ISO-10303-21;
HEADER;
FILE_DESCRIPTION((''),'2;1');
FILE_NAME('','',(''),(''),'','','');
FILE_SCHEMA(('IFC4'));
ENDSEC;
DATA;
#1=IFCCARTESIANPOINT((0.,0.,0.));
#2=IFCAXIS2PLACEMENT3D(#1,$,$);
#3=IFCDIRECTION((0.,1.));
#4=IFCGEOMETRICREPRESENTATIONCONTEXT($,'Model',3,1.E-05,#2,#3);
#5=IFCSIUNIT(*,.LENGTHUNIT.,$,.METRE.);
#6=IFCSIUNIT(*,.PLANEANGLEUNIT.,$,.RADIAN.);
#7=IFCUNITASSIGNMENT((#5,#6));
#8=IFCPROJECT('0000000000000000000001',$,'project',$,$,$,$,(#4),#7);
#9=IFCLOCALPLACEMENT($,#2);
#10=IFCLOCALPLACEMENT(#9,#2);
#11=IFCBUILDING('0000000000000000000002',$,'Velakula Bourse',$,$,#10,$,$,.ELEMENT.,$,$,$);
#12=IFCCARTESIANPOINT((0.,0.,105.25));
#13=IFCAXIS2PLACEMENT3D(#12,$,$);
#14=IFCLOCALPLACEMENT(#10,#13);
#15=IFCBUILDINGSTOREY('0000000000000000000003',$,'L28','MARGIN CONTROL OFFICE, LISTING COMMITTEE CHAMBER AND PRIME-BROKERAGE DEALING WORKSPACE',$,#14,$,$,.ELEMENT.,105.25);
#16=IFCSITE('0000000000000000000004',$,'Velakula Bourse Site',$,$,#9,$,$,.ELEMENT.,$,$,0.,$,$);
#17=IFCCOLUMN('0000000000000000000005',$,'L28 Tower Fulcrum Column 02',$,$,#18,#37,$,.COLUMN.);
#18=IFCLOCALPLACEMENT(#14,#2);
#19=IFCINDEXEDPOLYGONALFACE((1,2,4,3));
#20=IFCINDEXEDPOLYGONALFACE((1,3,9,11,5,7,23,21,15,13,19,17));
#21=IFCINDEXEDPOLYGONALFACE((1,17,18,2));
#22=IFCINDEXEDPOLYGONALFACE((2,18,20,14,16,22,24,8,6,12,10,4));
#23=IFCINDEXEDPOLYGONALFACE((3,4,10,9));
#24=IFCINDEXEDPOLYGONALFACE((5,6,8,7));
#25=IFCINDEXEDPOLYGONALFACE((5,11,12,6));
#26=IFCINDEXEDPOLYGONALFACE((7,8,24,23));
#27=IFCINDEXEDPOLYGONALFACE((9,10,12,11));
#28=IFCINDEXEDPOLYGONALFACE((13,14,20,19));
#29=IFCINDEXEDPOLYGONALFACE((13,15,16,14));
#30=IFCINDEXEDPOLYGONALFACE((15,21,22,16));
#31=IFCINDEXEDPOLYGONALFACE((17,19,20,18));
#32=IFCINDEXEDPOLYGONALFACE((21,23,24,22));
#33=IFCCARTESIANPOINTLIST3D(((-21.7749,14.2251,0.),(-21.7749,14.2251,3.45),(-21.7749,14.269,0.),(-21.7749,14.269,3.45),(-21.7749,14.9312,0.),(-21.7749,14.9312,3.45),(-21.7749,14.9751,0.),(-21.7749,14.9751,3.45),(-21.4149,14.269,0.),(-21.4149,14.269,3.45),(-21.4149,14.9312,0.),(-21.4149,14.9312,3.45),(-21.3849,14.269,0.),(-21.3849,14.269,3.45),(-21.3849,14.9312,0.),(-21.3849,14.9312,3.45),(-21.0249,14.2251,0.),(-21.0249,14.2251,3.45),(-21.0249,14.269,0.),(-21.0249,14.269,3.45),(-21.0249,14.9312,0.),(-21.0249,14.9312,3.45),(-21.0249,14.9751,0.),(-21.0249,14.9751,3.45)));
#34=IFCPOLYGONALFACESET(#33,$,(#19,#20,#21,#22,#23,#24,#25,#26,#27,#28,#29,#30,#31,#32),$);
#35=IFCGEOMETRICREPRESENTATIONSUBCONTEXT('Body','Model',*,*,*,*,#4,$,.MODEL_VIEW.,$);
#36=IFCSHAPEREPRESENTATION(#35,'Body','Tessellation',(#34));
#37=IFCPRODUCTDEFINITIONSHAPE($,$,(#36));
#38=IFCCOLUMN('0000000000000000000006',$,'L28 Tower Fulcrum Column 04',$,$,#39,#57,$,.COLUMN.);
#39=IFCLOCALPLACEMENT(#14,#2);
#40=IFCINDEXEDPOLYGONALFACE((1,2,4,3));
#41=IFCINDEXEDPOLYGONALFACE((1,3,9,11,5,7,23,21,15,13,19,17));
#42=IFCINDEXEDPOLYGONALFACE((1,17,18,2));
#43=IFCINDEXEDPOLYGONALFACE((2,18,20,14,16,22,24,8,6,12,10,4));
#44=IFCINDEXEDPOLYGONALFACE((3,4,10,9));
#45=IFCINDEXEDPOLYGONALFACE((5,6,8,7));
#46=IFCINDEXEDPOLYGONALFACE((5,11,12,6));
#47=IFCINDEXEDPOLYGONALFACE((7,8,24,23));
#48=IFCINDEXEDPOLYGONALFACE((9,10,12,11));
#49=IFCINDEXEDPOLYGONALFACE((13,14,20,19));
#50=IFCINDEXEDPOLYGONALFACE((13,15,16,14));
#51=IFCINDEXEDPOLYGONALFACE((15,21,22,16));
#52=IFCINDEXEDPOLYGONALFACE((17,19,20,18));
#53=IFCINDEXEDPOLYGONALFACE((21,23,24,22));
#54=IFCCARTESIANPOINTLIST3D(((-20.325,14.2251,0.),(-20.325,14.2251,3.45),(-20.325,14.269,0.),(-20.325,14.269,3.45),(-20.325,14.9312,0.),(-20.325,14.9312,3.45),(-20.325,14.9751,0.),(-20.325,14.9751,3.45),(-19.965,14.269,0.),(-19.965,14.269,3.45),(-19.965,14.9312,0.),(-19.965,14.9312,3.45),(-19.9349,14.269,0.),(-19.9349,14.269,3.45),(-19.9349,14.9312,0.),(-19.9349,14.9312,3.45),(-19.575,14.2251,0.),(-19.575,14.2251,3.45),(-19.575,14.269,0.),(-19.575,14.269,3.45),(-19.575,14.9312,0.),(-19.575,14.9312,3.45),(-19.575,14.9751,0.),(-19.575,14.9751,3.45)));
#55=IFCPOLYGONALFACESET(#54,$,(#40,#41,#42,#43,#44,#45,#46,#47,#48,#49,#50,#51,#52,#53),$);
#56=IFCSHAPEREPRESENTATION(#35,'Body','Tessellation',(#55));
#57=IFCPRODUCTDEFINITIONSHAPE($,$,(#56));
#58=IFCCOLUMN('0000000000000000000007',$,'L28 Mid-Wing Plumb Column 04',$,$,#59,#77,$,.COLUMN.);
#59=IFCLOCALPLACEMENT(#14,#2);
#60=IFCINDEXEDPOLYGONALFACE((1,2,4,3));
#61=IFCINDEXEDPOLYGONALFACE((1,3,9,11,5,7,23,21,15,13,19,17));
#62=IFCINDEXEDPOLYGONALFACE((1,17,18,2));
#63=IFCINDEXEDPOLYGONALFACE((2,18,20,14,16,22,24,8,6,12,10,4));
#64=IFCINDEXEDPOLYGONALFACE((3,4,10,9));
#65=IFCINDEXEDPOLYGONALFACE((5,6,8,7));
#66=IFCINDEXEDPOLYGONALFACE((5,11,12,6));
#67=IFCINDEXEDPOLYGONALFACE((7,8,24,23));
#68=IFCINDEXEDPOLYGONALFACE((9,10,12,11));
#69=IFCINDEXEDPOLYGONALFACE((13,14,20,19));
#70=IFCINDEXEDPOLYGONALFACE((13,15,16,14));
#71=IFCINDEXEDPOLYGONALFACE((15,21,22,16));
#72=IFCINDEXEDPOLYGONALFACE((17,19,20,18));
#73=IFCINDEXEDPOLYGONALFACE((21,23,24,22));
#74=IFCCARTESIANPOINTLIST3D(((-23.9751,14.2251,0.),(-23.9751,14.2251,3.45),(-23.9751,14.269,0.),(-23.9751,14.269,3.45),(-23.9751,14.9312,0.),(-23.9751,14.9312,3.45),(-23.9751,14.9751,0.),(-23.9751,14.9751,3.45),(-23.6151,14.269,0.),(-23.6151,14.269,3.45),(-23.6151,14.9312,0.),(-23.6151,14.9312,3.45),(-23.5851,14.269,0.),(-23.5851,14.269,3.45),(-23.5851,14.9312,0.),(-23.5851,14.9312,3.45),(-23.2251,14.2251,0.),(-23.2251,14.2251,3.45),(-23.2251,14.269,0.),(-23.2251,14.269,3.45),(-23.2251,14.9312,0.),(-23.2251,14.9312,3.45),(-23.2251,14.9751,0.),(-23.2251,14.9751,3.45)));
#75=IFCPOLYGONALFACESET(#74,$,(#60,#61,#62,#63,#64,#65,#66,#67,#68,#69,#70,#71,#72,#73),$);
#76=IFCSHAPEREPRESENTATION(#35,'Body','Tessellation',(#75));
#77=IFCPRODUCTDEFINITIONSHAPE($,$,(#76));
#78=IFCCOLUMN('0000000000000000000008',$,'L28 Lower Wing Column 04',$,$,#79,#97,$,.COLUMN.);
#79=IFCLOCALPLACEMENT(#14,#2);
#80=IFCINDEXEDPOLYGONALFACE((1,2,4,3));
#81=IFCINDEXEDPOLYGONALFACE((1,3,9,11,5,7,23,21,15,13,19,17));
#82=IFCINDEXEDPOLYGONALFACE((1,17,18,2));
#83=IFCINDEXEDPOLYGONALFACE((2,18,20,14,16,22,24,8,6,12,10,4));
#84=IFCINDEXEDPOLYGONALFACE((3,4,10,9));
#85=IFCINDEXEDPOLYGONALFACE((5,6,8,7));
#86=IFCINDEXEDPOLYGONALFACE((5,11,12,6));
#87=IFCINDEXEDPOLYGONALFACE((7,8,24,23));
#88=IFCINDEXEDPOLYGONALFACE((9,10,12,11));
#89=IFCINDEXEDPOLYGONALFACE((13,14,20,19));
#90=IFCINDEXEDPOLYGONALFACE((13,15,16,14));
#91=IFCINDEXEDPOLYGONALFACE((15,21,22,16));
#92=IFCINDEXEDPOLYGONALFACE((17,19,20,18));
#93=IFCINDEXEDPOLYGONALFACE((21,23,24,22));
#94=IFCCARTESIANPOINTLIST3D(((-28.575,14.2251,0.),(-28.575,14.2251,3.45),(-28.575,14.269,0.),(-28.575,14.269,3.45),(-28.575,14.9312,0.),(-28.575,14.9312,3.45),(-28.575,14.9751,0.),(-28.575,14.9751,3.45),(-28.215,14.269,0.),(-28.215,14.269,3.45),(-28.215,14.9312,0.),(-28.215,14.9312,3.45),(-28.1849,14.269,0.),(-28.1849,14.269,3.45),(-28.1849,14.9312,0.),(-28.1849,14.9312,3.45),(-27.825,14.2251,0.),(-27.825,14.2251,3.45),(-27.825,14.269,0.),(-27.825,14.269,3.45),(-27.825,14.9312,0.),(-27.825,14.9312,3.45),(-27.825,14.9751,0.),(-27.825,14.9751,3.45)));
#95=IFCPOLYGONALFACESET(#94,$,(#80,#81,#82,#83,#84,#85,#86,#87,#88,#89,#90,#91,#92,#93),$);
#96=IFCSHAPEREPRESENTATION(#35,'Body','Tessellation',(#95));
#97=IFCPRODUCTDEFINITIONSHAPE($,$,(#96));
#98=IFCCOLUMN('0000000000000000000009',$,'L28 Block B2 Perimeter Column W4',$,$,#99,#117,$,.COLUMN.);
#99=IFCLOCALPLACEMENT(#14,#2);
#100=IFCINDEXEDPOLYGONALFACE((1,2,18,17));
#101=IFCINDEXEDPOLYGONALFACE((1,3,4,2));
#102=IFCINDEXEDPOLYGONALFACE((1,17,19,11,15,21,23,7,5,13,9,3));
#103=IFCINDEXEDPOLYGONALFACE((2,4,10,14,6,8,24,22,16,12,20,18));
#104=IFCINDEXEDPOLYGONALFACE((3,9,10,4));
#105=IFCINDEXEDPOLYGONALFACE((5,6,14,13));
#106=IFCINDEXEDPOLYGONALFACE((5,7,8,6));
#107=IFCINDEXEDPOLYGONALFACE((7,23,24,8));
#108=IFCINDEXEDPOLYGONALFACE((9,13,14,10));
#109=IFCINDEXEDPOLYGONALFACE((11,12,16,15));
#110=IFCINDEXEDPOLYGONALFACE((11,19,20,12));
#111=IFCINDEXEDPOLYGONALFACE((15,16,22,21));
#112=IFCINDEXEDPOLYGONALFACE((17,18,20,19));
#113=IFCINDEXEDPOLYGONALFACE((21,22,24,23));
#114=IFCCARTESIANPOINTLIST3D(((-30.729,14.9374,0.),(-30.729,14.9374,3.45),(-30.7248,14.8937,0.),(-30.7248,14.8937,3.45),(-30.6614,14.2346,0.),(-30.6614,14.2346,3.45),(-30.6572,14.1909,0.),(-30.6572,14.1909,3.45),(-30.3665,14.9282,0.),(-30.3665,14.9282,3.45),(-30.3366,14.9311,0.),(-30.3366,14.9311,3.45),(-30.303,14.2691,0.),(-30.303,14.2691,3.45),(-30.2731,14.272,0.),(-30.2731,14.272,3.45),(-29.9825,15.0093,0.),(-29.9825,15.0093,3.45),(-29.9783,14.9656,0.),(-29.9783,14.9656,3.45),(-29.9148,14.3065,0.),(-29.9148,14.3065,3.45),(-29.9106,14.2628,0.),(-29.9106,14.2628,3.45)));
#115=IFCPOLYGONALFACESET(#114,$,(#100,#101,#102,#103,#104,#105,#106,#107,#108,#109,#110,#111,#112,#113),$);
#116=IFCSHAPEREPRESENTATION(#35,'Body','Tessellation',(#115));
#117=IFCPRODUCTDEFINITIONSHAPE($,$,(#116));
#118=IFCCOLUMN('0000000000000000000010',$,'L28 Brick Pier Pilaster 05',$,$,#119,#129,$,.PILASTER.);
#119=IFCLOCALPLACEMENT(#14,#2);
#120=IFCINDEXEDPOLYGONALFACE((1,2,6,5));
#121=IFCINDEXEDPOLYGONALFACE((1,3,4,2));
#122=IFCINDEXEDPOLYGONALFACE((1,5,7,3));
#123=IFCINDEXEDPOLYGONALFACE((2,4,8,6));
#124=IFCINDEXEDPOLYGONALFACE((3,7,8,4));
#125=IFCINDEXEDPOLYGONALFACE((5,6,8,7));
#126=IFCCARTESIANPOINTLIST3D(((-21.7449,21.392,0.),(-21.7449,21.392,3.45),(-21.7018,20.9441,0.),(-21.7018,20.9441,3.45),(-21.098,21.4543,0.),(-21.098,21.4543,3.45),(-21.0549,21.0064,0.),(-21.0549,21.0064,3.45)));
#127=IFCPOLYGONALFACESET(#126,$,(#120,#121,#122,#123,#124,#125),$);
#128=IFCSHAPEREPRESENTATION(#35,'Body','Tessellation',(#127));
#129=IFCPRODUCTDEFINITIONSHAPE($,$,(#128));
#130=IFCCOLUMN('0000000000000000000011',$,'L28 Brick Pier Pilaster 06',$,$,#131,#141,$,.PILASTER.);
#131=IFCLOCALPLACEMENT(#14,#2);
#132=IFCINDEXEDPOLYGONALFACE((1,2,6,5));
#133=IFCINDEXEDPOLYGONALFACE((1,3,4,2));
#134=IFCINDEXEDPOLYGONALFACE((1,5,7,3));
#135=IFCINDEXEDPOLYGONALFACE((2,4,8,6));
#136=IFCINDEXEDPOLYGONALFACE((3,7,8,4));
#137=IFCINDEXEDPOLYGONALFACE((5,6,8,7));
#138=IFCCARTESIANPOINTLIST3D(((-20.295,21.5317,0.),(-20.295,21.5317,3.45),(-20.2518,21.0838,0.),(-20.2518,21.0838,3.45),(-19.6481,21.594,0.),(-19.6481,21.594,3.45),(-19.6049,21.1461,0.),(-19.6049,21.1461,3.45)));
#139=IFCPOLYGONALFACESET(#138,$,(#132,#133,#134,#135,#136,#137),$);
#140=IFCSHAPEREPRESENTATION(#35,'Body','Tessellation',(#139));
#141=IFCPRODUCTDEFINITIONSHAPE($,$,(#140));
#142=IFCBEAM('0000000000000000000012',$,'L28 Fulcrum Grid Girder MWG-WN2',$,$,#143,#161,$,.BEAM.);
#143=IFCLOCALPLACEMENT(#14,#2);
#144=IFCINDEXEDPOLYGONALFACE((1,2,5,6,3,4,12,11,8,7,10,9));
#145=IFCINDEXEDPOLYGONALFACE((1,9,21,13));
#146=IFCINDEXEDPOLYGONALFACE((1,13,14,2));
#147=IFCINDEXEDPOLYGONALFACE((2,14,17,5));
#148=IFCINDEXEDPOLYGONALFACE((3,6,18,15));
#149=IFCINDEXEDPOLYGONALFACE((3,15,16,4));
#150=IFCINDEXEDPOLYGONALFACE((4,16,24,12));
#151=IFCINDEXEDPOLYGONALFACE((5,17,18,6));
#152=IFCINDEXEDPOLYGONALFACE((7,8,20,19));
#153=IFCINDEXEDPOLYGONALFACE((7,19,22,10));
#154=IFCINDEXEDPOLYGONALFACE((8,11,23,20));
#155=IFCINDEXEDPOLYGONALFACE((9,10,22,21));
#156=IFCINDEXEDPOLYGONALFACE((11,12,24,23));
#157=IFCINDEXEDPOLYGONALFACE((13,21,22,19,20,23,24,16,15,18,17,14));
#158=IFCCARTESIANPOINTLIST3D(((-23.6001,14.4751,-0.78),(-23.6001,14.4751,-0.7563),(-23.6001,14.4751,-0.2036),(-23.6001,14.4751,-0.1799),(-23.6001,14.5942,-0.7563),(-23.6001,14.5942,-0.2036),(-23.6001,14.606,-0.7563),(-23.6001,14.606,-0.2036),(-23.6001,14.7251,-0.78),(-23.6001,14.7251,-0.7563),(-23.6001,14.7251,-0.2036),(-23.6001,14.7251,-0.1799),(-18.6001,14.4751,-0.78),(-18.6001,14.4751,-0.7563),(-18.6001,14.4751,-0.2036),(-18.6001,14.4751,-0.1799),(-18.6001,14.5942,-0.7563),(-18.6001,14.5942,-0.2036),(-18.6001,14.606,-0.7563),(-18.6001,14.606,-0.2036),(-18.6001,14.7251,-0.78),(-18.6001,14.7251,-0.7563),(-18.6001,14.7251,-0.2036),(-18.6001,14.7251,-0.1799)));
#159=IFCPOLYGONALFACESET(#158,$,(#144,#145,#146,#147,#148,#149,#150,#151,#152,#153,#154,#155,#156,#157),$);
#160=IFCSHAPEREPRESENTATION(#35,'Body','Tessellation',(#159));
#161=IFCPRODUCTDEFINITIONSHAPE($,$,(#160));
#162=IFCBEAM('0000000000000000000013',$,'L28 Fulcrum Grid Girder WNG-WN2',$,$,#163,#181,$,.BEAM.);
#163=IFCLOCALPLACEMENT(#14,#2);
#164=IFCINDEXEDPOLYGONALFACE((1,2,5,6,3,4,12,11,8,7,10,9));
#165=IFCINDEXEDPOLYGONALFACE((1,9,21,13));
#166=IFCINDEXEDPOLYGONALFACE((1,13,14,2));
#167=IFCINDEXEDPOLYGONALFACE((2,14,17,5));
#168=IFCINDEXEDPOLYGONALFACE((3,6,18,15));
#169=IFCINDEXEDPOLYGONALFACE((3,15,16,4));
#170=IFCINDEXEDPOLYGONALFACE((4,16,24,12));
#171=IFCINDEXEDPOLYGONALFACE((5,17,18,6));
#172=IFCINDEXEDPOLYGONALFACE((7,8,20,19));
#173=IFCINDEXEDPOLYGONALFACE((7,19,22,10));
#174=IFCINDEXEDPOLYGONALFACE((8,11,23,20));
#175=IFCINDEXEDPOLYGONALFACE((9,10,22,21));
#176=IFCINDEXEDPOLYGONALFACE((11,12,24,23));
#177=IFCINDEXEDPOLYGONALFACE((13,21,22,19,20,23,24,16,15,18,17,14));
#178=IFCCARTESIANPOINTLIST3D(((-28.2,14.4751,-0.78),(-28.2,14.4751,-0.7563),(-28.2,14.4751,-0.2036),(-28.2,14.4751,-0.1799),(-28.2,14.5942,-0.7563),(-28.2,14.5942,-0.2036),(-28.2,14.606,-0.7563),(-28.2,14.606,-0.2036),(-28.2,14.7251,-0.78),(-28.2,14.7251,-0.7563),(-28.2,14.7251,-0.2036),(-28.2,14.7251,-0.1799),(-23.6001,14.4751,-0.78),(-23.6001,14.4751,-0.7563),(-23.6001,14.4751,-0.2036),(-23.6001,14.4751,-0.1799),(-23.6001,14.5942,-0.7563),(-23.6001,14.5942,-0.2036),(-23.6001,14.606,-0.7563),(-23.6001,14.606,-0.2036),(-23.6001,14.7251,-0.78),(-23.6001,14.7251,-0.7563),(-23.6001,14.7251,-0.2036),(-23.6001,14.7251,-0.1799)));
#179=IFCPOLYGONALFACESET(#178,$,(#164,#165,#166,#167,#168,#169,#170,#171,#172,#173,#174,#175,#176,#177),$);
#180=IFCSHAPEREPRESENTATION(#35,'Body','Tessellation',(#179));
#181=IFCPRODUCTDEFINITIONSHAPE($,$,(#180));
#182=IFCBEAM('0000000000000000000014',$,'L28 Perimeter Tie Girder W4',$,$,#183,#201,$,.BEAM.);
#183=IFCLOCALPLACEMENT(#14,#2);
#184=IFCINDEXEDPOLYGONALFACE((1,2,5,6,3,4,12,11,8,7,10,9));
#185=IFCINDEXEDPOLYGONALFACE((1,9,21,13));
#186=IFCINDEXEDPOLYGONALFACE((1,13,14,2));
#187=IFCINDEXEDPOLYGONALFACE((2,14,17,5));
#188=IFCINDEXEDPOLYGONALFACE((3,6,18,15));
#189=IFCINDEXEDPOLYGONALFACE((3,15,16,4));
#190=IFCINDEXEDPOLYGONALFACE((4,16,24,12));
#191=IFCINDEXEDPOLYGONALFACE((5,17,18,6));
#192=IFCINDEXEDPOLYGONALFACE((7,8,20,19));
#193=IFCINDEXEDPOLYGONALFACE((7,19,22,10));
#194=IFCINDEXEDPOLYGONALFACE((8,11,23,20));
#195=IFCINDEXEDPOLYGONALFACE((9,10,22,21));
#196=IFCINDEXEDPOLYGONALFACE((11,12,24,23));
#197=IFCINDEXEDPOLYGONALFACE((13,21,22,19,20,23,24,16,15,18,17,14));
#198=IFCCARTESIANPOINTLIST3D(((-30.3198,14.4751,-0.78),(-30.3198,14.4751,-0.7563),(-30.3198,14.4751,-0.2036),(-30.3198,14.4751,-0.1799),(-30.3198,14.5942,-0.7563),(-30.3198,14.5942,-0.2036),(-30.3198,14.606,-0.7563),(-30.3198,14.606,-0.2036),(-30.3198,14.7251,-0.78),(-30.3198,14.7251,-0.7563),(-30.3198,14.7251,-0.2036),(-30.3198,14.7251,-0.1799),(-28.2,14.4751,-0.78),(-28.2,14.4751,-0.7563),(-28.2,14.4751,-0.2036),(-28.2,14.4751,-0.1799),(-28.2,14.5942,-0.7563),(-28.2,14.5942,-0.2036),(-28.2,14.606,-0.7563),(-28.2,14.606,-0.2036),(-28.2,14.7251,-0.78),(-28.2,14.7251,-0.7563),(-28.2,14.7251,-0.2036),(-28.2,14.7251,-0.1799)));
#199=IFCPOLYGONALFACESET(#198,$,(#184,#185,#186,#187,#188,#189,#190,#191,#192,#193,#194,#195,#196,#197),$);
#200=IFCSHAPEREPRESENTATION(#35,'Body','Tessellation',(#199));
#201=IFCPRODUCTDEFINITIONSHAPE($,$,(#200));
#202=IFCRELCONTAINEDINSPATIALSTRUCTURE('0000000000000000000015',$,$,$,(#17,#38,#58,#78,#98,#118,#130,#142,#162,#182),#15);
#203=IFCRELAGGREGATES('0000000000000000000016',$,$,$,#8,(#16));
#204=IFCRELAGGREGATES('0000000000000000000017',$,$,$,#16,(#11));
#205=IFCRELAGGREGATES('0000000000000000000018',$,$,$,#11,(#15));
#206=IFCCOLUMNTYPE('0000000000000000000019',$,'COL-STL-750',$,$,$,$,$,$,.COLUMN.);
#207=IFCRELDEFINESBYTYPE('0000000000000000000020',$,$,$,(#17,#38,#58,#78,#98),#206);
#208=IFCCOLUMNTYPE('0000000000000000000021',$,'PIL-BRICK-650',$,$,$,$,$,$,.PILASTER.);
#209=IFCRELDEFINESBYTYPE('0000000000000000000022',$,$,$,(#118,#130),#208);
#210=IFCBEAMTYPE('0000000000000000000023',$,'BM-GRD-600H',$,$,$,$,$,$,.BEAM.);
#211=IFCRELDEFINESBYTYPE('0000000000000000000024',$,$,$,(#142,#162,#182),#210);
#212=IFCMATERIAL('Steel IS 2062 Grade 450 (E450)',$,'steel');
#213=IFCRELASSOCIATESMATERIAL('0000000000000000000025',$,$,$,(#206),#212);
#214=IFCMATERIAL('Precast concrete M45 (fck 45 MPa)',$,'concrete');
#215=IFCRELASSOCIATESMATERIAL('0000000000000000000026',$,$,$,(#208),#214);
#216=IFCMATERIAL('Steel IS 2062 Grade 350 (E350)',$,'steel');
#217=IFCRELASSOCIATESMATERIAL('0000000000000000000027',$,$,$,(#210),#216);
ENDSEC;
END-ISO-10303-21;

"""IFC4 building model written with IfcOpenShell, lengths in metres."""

from ifc_helpers import new_model, si_unit, direction, frame, origin, origin_2d, place, context, subcontext, project, spatial, rectangle, i_section, extrude, material, material_profile, profile_set, type_object, element, save


model = new_model("IFC4")

# Units and contexts
model_context = context("Model", 3, precision=1e-05, world=origin(), true_north=direction((0.0, 1.0)))
body_context = subcontext(model_context, "Body", "Model", "MODEL_VIEW")
ifc_project = project(units=[si_unit("LENGTHUNIT", "METRE"), si_unit("PLANEANGLEUNIT", "RADIAN")], contexts=[model_context])

# Site, building, storey
site_placement = place(None, origin())
site = spatial("IfcSite", under=ifc_project, at=site_placement, Name="Velakula Bourse Site", CompositionType="ELEMENT", RefElevation=0.0)
building_placement = place(site_placement, origin())
building = spatial("IfcBuilding", under=site, at=building_placement, Name="Velakula Bourse", CompositionType="ELEMENT")
storey_placement = place(building_placement, frame((0.0, 0.0, 105.25)))
storey = spatial("IfcBuildingStorey", under=building, at=storey_placement, Name="L28", Description="MARGIN CONTROL OFFICE, LISTING COMMITTEE CHAMBER AND PRIME-BROKERAGE DEALING WORKSPACE", CompositionType="ELEMENT", Elevation=105.25)

# Columns
ifc_material_1 = material(Name="Steel IS 2062 Grade 450 (E450)", Category="steel")
ifc_material_profile_1 = material_profile(ifc_material_1, i_section(OverallWidth=0.75, OverallDepth=0.75, WebThickness=0.03, FlangeThickness=0.0439, at=origin_2d()), Name="Steel IS 2062 Grade 450 (E450)")
ifc_profile_set_1 = profile_set([ifc_material_profile_1], Name="Steel IS 2062 Grade 450 (E450)")
column_type_1 = type_object("IfcColumnType", Name="COL-STL-750", PredefinedType="COLUMN", material=ifc_profile_set_1)
for number, where, z_axis, x_axis, name in (
    (1, (-21.3999, 14.6001, 0.0), (0.0, 0.0, 1.0), (1.0, 0.0, 0.0), "L28 Tower Fulcrum Column 02"),
    (2, (-19.95, 14.6001, 0.0), (0.0, 0.0, 1.0), (1.0, 0.0, 0.0), "L28 Tower Fulcrum Column 04"),
    (3, (-23.6001, 14.6001, 0.0), (0.0, 0.0, 1.0), (1.0, 0.0, 0.0), "L28 Mid-Wing Plumb Column 04"),
    (4, (-28.2, 14.6001, 0.0), (0.0, 0.0, 1.0), (1.0, 0.0, 0.0), "L28 Lower Wing Column 04"),
    (5, (-30.3198, 14.6001, 0.0), (0.0, 0.0, 1.0), (0.995396, 0.095846, 0.0), "L28 Block B2 Perimeter Column W4"),
):
    element("IfcColumn", number, at=place(storey_placement, frame(where, z_axis=z_axis, x_axis=x_axis)), inside=storey, type_object=column_type_1, Name=name, PredefinedType="COLUMN", context=body_context, shape_type="SweptSolid", body=[
        extrude(i_section(OverallWidth=0.75, OverallDepth=0.75, WebThickness=0.03, FlangeThickness=0.0439, at=origin_2d()), origin(), (0.0, 0.0, 1.0), 3.45),
    ])
ifc_material_2 = material(Name="Precast concrete M45 (fck 45 MPa)", Category="concrete")
ifc_material_profile_2 = material_profile(ifc_material_2, rectangle(XDim=0.6499, YDim=0.45, at=origin_2d()), Name="Precast concrete M45 (fck 45 MPa)")
ifc_profile_set_2 = profile_set([ifc_material_profile_2], Name="Precast concrete M45 (fck 45 MPa)")
column_type_2 = type_object("IfcColumnType", Name="PIL-BRICK-650", PredefinedType="PILASTER", material=ifc_profile_set_2)
for number, where, z_axis, x_axis, name in (
    (6, (-21.3999, 21.1992, 0.0), (0.0, 0.0, 1.0), (0.995396, 0.095846, 0.0), "L28 Brick Pier Pilaster 05"),
    (7, (-19.95, 21.3389, 0.0), (0.0, 0.0, 1.0), (0.995396, 0.095846, 0.0), "L28 Brick Pier Pilaster 06"),
):
    element("IfcColumn", number, at=place(storey_placement, frame(where, z_axis=z_axis, x_axis=x_axis)), inside=storey, type_object=column_type_2, Name=name, PredefinedType="PILASTER", context=body_context, shape_type="SweptSolid", body=[
        extrude(rectangle(XDim=0.6499, YDim=0.45, at=origin_2d()), origin(), (0.0, 0.0, 1.0), 3.45),
    ])

# Beams
ifc_material_3 = material(Name="Steel IS 2062 Grade 350 (E350)", Category="steel")
ifc_material_profile_3 = material_profile(ifc_material_3, i_section(OverallWidth=0.25, OverallDepth=0.6001, WebThickness=0.0117, FlangeThickness=0.0237, at=origin_2d()), Name="Steel IS 2062 Grade 350 (E350)")
ifc_profile_set_3 = profile_set([ifc_material_profile_3], Name="Steel IS 2062 Grade 350 (E350)")
beam_type_1 = type_object("IfcBeamType", Name="BM-GRD-600H", PredefinedType="BEAM", material=ifc_profile_set_3)
beam_1_placement = place(storey_placement, frame((-23.6001, 14.6001, -0.48), z_axis=(1.0, 0.0, 0.0), x_axis=(0.0, 1.0, 0.0)))
element("IfcBeam", 8, at=beam_1_placement, inside=storey, type_object=beam_type_1, Name="L28 Fulcrum Grid Girder MWG-WN2", PredefinedType="BEAM", context=body_context, shape_type="SweptSolid", body=[
    extrude(i_section(OverallWidth=0.25, OverallDepth=0.6001, WebThickness=0.0117, FlangeThickness=0.0237, at=origin_2d()), origin(), (0.0, 0.0, 1.0), 5.0),
])
beam_2_placement = place(storey_placement, frame((-28.2, 14.6001, -0.48), z_axis=(1.0, 0.0, 0.0), x_axis=(0.0, 1.0, 0.0)))
element("IfcBeam", 9, at=beam_2_placement, inside=storey, type_object=beam_type_1, Name="L28 Fulcrum Grid Girder WNG-WN2", PredefinedType="BEAM", context=body_context, shape_type="SweptSolid", body=[
    extrude(i_section(OverallWidth=0.25, OverallDepth=0.6001, WebThickness=0.0117, FlangeThickness=0.0237, at=origin_2d()), origin(), (0.0, 0.0, 1.0), 4.5999),
])
beam_3_placement = place(storey_placement, frame((-28.2, 14.6001, -0.48), z_axis=(-1.0, 0.0, 0.0), x_axis=(0.0, -1.0, 0.0)))
element("IfcBeam", 10, at=beam_3_placement, inside=storey, type_object=beam_type_1, Name="L28 Perimeter Tie Girder W4", PredefinedType="BEAM", context=body_context, shape_type="SweptSolid", body=[
    extrude(i_section(OverallWidth=0.25, OverallDepth=0.6001, WebThickness=0.0117, FlangeThickness=0.0237, at=origin_2d()), origin(), (0.0, 0.0, 1.0), 2.1199),
])

save(model, "model.ifc")
